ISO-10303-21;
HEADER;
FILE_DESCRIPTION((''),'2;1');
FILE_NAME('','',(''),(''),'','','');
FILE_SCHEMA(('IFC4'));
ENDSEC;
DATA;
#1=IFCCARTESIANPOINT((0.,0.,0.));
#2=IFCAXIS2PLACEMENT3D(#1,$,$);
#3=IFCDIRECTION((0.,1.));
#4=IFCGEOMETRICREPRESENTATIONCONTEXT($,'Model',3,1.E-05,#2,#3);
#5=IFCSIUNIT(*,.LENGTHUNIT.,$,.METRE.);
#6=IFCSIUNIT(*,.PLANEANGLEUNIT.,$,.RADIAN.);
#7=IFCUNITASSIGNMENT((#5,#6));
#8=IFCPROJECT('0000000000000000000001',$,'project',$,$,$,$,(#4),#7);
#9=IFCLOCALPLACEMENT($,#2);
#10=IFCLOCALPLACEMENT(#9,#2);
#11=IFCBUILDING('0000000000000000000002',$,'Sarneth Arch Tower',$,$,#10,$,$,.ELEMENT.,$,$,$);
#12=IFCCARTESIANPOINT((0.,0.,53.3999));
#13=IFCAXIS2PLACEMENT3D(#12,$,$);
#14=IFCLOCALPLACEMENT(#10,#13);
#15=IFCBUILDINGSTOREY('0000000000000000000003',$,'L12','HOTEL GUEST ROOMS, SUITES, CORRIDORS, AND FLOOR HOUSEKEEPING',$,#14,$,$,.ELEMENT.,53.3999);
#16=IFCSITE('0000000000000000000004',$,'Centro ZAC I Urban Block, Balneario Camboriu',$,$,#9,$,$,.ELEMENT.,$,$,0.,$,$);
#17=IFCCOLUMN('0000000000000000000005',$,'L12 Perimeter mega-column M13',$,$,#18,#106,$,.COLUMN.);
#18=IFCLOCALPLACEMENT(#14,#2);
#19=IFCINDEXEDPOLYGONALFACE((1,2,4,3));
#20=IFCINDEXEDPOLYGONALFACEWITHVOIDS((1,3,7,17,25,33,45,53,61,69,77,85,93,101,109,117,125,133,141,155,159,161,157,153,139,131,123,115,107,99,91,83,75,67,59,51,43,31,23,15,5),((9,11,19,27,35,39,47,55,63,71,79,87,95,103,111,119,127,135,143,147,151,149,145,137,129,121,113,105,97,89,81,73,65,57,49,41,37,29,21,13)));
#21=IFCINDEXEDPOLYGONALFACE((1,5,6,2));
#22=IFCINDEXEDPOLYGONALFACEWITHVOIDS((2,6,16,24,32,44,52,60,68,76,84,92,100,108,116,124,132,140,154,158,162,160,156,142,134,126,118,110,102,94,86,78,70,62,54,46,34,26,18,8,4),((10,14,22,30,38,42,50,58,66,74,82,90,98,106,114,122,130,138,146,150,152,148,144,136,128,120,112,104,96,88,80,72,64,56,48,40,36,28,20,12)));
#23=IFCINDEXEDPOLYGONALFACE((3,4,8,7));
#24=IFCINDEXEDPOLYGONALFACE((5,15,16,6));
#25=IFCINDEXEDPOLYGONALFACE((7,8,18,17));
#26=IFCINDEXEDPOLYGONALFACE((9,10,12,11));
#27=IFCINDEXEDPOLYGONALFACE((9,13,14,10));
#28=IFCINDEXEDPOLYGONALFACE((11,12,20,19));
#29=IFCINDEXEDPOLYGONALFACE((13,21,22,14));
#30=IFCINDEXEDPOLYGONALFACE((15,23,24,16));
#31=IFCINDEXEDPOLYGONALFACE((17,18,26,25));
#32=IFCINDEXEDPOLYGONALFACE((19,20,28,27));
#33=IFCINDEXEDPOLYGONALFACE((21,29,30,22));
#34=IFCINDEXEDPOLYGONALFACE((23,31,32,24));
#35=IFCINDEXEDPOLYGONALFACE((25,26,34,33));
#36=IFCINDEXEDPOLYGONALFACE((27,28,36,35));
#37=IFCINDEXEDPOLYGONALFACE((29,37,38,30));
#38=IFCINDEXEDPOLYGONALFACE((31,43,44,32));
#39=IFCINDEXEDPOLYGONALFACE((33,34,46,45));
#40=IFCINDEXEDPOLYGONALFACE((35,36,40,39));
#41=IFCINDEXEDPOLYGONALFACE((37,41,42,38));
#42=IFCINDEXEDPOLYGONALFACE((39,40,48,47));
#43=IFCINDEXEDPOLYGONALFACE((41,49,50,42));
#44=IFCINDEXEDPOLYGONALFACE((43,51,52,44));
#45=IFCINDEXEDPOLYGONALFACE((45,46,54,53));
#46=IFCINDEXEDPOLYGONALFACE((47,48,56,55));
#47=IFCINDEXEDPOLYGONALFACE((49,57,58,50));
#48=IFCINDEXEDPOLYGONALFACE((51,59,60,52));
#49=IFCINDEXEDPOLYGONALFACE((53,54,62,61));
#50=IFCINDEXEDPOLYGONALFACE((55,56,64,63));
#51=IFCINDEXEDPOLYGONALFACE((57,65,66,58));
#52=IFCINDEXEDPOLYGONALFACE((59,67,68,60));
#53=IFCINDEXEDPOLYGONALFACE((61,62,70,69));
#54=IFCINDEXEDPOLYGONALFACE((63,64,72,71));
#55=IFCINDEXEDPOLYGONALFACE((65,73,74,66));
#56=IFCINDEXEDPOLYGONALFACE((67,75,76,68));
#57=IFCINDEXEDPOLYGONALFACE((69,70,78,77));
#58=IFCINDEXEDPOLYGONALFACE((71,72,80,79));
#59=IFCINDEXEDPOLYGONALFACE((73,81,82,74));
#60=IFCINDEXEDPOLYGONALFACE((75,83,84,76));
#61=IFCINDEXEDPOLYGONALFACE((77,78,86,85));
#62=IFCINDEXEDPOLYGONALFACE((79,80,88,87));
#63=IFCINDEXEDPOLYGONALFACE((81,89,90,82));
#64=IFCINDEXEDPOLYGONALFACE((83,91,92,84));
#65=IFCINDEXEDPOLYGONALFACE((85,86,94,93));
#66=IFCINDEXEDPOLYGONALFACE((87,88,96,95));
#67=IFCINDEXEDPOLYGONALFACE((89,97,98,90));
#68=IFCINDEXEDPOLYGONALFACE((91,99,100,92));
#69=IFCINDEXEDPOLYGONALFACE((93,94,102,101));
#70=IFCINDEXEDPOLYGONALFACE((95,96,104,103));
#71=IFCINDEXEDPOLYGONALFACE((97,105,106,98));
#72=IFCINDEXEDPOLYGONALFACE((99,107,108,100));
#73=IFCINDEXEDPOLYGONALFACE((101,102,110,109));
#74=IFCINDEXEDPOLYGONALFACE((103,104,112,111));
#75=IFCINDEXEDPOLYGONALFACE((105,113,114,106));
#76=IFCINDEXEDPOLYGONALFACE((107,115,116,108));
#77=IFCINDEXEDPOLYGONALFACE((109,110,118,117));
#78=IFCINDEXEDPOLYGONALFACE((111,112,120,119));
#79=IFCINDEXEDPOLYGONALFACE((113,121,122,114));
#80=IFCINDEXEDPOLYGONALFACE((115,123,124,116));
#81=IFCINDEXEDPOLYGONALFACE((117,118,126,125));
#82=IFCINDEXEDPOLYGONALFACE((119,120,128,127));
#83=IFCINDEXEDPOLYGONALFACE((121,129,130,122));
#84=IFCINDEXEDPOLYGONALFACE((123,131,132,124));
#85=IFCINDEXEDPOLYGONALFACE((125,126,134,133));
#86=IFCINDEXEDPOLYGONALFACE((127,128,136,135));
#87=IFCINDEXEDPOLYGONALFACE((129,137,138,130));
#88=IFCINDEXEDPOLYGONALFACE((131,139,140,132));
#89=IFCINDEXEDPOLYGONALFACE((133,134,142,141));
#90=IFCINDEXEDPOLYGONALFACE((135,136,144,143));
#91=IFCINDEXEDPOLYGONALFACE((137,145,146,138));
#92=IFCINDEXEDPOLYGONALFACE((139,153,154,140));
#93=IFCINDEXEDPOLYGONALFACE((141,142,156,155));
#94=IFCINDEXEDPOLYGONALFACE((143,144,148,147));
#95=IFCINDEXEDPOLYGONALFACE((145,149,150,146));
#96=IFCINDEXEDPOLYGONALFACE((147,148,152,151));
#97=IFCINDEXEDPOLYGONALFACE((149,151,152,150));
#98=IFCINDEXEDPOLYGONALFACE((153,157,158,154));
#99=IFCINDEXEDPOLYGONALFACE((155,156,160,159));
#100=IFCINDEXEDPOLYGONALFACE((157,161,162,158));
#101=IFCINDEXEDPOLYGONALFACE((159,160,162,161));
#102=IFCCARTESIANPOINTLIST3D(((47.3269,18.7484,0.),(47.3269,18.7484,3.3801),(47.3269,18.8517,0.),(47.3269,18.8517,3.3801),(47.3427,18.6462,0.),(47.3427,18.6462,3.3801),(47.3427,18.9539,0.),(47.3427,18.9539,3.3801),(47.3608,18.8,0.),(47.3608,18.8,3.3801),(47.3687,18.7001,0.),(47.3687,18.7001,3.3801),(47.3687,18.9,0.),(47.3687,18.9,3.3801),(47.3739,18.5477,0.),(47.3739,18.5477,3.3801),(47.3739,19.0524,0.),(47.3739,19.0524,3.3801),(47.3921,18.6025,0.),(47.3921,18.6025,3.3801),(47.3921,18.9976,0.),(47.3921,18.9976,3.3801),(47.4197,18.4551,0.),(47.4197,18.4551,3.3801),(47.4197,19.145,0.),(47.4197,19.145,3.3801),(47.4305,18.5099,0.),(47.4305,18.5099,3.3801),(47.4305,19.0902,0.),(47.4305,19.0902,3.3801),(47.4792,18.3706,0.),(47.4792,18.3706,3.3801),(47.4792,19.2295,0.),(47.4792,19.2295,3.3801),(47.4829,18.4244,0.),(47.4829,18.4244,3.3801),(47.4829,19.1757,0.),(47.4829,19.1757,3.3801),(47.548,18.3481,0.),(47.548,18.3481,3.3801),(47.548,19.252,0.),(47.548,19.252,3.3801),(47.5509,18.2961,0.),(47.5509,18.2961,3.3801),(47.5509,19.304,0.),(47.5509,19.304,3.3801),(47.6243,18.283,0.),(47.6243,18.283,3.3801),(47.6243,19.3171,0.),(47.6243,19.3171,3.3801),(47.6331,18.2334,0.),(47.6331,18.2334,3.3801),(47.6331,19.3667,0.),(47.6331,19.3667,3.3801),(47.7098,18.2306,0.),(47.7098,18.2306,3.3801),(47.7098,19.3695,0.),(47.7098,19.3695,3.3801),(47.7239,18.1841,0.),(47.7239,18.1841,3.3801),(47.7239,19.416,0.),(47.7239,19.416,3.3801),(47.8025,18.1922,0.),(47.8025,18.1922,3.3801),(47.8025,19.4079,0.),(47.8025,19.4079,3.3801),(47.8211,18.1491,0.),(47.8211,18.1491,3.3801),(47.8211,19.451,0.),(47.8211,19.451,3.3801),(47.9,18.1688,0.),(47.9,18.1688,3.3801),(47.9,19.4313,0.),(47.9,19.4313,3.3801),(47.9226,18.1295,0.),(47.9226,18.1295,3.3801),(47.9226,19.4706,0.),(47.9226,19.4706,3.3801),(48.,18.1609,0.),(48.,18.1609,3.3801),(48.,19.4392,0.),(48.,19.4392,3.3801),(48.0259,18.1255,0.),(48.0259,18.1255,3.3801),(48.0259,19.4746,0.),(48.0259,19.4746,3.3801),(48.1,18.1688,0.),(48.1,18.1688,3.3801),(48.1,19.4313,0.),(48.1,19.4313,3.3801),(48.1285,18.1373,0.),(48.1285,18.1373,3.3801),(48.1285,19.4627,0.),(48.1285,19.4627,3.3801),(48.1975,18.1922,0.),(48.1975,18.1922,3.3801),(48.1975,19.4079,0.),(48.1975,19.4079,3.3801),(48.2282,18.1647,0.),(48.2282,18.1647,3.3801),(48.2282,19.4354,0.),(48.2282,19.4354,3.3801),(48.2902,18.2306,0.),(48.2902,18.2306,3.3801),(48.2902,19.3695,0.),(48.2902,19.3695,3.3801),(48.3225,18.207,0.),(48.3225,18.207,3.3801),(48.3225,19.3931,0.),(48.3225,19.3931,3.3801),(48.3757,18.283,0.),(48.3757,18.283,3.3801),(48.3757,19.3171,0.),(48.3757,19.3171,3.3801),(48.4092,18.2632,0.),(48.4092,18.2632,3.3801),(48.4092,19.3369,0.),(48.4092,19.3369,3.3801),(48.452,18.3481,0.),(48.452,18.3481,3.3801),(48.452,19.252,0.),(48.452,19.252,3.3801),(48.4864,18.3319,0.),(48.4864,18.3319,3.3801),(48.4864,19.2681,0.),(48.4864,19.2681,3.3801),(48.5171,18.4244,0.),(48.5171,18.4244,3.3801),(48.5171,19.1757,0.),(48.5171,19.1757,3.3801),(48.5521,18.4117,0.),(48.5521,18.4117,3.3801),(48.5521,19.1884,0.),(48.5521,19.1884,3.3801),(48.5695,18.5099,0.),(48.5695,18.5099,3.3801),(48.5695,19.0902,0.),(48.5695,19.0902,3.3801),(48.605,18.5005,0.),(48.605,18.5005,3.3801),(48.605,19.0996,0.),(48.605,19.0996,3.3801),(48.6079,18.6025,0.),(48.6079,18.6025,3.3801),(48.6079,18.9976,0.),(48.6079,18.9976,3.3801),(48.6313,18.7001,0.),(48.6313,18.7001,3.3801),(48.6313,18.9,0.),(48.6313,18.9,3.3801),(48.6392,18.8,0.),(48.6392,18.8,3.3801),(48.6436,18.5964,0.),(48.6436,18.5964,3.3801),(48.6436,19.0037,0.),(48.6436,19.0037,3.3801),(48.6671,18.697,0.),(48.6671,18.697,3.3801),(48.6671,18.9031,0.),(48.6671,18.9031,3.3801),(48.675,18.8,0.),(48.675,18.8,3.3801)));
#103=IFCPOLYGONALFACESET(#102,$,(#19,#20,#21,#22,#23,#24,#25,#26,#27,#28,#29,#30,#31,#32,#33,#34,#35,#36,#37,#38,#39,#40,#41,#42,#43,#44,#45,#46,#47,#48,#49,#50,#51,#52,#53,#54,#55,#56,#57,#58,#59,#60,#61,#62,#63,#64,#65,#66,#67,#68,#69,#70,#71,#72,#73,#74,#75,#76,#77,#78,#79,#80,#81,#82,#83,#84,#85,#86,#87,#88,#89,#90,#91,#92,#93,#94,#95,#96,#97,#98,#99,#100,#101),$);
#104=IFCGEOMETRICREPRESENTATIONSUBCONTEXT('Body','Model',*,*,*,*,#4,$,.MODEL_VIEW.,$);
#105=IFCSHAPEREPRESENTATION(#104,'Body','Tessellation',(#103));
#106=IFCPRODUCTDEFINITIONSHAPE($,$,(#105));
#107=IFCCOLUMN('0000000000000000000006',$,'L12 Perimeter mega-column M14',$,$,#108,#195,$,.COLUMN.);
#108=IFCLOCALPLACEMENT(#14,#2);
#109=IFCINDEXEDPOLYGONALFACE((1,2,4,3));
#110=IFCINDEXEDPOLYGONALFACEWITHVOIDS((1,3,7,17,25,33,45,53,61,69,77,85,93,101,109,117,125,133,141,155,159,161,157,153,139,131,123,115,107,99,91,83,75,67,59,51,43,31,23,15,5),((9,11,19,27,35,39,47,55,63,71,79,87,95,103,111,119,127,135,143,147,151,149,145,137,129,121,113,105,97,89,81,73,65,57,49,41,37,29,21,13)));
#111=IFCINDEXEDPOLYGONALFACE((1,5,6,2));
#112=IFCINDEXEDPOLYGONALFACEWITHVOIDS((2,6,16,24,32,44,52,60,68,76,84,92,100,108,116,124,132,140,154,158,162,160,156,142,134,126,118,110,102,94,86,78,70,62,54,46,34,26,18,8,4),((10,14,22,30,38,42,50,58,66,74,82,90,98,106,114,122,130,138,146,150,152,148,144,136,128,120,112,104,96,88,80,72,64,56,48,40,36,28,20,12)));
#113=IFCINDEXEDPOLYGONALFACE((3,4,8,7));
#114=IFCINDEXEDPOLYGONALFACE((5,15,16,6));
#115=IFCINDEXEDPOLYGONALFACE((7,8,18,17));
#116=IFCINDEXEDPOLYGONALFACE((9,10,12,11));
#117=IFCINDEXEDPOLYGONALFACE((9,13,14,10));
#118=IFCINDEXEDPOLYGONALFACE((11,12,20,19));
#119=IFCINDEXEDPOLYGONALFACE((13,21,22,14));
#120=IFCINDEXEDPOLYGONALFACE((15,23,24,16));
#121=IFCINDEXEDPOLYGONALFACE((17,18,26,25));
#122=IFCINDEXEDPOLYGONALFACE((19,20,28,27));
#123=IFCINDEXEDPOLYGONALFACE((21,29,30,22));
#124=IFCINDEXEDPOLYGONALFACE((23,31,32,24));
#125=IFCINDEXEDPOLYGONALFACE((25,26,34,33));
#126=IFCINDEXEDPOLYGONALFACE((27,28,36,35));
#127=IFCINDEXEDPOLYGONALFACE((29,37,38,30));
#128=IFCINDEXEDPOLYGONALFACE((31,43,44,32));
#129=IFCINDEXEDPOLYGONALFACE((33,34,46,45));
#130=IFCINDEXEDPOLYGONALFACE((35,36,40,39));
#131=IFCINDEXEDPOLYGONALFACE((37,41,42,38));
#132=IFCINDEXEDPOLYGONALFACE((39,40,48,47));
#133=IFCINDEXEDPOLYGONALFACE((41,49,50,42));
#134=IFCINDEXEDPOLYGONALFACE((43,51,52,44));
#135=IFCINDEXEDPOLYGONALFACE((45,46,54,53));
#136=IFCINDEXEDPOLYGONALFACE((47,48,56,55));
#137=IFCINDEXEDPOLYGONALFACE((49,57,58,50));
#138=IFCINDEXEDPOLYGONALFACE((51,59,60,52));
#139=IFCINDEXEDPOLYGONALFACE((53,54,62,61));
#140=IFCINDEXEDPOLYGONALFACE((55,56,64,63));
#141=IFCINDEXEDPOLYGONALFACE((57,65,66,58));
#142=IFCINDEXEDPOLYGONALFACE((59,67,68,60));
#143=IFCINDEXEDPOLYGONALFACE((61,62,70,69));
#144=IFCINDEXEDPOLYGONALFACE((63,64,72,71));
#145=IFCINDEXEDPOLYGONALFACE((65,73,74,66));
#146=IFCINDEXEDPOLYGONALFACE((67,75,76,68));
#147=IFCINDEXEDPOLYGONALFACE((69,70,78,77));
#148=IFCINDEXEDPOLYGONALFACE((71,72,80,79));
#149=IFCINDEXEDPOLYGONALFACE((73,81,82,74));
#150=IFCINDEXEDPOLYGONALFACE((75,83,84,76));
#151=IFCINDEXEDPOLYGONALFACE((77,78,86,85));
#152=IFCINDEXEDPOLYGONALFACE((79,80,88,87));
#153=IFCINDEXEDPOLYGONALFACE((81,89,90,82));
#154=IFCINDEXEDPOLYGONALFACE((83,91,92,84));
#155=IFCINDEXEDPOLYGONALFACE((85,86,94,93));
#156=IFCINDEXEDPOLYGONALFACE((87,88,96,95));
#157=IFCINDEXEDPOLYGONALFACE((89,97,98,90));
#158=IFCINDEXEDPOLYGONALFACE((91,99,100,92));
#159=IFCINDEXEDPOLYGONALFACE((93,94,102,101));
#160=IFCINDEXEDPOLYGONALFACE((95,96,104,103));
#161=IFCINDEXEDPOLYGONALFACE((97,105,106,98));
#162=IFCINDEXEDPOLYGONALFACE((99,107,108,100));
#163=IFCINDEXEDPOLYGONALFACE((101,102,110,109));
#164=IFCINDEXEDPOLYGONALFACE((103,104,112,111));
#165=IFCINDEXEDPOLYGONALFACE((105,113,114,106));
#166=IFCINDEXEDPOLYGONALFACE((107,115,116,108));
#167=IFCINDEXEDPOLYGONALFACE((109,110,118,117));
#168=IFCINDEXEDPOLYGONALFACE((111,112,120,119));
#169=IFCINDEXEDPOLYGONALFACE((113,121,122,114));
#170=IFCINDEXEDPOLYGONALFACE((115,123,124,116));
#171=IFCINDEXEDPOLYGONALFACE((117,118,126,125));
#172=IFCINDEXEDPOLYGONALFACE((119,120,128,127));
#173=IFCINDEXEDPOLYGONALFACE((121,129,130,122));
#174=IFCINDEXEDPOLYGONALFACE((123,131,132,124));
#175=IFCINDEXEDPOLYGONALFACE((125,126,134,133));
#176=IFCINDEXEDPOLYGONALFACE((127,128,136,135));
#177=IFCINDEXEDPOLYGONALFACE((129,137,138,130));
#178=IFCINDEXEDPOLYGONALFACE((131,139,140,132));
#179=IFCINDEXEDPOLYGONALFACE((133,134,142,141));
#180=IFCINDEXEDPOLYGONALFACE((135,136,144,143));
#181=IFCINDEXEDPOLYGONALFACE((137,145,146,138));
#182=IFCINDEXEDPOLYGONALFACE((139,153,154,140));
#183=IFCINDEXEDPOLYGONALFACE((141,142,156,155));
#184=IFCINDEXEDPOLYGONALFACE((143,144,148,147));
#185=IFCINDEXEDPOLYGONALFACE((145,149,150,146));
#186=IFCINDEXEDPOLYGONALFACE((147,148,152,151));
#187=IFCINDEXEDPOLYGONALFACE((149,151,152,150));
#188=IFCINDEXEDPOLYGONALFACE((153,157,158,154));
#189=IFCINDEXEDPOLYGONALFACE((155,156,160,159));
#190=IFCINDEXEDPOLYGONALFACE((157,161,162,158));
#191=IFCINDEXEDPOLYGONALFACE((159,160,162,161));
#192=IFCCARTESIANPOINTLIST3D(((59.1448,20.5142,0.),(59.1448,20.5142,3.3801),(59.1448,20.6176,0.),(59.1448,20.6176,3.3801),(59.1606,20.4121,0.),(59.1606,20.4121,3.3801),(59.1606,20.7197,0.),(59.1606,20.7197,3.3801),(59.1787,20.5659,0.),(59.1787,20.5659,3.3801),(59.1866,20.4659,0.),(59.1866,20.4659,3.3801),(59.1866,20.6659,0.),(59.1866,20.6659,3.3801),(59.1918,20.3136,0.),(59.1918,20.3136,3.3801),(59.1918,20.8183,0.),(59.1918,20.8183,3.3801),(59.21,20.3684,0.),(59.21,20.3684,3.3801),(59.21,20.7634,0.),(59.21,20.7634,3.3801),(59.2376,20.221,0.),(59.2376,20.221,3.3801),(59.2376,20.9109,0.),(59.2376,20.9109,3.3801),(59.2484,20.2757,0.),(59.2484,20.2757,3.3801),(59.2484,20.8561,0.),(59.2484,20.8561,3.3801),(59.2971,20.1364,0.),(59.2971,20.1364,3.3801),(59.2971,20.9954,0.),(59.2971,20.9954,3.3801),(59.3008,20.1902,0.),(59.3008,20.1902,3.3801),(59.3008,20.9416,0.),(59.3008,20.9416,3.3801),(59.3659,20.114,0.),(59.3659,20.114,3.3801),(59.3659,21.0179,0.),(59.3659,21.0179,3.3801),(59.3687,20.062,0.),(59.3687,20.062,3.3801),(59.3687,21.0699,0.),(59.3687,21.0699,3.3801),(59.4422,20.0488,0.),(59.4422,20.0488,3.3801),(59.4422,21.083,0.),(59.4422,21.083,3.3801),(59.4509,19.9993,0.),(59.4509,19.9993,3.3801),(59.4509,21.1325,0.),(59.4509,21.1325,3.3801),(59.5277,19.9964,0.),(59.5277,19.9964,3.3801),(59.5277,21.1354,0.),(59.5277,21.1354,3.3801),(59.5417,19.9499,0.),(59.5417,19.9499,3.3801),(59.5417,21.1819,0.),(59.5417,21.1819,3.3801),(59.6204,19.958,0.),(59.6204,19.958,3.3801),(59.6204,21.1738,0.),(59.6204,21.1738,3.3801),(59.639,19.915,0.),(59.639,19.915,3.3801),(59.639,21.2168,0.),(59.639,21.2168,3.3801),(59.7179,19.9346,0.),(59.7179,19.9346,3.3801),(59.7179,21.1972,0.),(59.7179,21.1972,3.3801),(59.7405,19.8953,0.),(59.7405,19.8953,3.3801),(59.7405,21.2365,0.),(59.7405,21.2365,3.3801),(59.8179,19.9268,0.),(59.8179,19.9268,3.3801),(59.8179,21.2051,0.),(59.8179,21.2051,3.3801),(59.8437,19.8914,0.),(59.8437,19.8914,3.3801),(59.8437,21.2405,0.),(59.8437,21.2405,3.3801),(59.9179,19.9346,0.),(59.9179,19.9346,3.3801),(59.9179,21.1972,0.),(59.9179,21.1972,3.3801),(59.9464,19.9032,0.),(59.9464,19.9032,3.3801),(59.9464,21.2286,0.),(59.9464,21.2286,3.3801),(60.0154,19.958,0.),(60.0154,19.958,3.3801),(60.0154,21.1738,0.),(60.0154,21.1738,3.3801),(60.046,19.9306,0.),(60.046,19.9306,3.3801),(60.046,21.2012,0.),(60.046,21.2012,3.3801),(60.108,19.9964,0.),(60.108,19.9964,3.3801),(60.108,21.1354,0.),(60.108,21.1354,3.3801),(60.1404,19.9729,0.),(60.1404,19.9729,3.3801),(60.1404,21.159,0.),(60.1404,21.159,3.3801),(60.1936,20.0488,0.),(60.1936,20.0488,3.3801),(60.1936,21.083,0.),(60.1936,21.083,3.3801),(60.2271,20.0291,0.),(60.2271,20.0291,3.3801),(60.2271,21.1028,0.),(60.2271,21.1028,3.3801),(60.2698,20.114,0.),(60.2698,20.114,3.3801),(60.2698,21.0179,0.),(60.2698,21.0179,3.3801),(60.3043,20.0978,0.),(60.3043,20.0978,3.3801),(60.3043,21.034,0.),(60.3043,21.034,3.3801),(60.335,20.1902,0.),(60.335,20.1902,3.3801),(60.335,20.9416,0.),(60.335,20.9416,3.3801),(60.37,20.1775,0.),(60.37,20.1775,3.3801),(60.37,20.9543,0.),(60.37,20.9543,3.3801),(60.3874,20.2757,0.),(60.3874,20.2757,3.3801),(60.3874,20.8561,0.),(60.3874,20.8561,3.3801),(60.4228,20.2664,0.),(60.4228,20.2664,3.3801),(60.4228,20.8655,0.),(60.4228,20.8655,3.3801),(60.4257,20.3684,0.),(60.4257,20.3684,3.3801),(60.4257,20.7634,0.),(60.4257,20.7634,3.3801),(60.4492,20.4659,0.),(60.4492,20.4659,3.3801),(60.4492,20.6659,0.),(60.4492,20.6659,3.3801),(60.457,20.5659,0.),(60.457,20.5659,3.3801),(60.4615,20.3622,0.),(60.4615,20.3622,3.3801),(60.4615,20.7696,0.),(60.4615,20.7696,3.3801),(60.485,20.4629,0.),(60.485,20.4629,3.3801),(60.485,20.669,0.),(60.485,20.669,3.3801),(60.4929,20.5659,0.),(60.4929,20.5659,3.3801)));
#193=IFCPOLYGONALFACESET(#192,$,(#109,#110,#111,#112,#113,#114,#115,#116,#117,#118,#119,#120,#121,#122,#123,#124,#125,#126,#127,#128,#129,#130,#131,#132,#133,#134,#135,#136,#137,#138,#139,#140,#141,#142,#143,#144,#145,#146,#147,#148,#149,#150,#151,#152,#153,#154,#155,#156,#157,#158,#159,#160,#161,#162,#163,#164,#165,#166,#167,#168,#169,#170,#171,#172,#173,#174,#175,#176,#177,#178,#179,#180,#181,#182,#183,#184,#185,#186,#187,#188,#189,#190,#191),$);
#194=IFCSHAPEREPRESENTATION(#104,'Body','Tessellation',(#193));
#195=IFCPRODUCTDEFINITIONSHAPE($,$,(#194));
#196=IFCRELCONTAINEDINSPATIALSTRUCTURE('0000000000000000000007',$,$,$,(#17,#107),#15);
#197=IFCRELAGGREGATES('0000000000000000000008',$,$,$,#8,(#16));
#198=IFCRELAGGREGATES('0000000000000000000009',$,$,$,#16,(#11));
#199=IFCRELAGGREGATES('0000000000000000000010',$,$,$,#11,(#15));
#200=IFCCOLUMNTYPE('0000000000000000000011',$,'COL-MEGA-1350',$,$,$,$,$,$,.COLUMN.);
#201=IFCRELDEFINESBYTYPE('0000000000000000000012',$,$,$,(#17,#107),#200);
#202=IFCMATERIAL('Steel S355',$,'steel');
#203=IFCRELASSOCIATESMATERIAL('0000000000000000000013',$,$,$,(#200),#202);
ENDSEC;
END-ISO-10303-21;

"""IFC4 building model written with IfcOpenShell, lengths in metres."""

from ifc_helpers import new_model, si_unit, direction, frame, origin, origin_2d, place, context, subcontext, project, spatial, hollow_circle, extrude, material, material_profile, profile_set, type_object, element, save


model = new_model("IFC4")

# Units and contexts
model_context = context("Model", 3, precision=1e-05, world=origin(), true_north=direction((0.0, 1.0)))
body_context = subcontext(model_context, "Body", "Model", "MODEL_VIEW")
ifc_project = project(units=[si_unit("LENGTHUNIT", "METRE"), si_unit("PLANEANGLEUNIT", "RADIAN")], contexts=[model_context])

# Site, building, storey
site_placement = place(None, origin())
site = spatial("IfcSite", under=ifc_project, at=site_placement, Name="Centro ZAC I Urban Block, Balneario Camboriu", CompositionType="ELEMENT", RefElevation=0.0)
building_placement = place(site_placement, origin())
building = spatial("IfcBuilding", under=site, at=building_placement, Name="Sarneth Arch Tower", CompositionType="ELEMENT")
storey_placement = place(building_placement, frame((0.0, 0.0, 53.3999)))
storey = spatial("IfcBuildingStorey", under=building, at=storey_placement, Name="L12", Description="HOTEL GUEST ROOMS, SUITES, CORRIDORS, AND FLOOR HOUSEKEEPING", CompositionType="ELEMENT", Elevation=53.3999)

# Columns
ifc_material_1 = material(Name="Steel S355", Category="steel")
ifc_material_profile_1 = material_profile(ifc_material_1, hollow_circle(Radius=0.675, WallThickness=0.0359, at=origin_2d()), Name="CHS1350x36")
ifc_profile_set_1 = profile_set([ifc_material_profile_1], Name="Steel S355")
column_type = type_object("IfcColumnType", Name="COL-MEGA-1350", PredefinedType="COLUMN", material=ifc_profile_set_1)
for number, where, z_axis, x_axis, name in (
    (1, (48.0, 18.8, 0.0), (0.0, 0.0, 1.0), (1.0, 0.0, 0.0), "L12 Perimeter mega-column M13"),
    (2, (59.8179, 20.5659, 0.0), (0.0, 0.0, 1.0), (1.0, 0.0, 0.0), "L12 Perimeter mega-column M14"),
):
    element("IfcColumn", number, at=place(storey_placement, frame(where, z_axis=z_axis, x_axis=x_axis)), inside=storey, type_object=column_type, Name=name, PredefinedType="COLUMN", context=body_context, shape_type="SweptSolid", body=[
        extrude(hollow_circle(Radius=0.675, WallThickness=0.0359, at=origin_2d()), origin(), (0.0, 0.0, 1.0), 3.3801),
    ])

save(model, "model.ifc")
